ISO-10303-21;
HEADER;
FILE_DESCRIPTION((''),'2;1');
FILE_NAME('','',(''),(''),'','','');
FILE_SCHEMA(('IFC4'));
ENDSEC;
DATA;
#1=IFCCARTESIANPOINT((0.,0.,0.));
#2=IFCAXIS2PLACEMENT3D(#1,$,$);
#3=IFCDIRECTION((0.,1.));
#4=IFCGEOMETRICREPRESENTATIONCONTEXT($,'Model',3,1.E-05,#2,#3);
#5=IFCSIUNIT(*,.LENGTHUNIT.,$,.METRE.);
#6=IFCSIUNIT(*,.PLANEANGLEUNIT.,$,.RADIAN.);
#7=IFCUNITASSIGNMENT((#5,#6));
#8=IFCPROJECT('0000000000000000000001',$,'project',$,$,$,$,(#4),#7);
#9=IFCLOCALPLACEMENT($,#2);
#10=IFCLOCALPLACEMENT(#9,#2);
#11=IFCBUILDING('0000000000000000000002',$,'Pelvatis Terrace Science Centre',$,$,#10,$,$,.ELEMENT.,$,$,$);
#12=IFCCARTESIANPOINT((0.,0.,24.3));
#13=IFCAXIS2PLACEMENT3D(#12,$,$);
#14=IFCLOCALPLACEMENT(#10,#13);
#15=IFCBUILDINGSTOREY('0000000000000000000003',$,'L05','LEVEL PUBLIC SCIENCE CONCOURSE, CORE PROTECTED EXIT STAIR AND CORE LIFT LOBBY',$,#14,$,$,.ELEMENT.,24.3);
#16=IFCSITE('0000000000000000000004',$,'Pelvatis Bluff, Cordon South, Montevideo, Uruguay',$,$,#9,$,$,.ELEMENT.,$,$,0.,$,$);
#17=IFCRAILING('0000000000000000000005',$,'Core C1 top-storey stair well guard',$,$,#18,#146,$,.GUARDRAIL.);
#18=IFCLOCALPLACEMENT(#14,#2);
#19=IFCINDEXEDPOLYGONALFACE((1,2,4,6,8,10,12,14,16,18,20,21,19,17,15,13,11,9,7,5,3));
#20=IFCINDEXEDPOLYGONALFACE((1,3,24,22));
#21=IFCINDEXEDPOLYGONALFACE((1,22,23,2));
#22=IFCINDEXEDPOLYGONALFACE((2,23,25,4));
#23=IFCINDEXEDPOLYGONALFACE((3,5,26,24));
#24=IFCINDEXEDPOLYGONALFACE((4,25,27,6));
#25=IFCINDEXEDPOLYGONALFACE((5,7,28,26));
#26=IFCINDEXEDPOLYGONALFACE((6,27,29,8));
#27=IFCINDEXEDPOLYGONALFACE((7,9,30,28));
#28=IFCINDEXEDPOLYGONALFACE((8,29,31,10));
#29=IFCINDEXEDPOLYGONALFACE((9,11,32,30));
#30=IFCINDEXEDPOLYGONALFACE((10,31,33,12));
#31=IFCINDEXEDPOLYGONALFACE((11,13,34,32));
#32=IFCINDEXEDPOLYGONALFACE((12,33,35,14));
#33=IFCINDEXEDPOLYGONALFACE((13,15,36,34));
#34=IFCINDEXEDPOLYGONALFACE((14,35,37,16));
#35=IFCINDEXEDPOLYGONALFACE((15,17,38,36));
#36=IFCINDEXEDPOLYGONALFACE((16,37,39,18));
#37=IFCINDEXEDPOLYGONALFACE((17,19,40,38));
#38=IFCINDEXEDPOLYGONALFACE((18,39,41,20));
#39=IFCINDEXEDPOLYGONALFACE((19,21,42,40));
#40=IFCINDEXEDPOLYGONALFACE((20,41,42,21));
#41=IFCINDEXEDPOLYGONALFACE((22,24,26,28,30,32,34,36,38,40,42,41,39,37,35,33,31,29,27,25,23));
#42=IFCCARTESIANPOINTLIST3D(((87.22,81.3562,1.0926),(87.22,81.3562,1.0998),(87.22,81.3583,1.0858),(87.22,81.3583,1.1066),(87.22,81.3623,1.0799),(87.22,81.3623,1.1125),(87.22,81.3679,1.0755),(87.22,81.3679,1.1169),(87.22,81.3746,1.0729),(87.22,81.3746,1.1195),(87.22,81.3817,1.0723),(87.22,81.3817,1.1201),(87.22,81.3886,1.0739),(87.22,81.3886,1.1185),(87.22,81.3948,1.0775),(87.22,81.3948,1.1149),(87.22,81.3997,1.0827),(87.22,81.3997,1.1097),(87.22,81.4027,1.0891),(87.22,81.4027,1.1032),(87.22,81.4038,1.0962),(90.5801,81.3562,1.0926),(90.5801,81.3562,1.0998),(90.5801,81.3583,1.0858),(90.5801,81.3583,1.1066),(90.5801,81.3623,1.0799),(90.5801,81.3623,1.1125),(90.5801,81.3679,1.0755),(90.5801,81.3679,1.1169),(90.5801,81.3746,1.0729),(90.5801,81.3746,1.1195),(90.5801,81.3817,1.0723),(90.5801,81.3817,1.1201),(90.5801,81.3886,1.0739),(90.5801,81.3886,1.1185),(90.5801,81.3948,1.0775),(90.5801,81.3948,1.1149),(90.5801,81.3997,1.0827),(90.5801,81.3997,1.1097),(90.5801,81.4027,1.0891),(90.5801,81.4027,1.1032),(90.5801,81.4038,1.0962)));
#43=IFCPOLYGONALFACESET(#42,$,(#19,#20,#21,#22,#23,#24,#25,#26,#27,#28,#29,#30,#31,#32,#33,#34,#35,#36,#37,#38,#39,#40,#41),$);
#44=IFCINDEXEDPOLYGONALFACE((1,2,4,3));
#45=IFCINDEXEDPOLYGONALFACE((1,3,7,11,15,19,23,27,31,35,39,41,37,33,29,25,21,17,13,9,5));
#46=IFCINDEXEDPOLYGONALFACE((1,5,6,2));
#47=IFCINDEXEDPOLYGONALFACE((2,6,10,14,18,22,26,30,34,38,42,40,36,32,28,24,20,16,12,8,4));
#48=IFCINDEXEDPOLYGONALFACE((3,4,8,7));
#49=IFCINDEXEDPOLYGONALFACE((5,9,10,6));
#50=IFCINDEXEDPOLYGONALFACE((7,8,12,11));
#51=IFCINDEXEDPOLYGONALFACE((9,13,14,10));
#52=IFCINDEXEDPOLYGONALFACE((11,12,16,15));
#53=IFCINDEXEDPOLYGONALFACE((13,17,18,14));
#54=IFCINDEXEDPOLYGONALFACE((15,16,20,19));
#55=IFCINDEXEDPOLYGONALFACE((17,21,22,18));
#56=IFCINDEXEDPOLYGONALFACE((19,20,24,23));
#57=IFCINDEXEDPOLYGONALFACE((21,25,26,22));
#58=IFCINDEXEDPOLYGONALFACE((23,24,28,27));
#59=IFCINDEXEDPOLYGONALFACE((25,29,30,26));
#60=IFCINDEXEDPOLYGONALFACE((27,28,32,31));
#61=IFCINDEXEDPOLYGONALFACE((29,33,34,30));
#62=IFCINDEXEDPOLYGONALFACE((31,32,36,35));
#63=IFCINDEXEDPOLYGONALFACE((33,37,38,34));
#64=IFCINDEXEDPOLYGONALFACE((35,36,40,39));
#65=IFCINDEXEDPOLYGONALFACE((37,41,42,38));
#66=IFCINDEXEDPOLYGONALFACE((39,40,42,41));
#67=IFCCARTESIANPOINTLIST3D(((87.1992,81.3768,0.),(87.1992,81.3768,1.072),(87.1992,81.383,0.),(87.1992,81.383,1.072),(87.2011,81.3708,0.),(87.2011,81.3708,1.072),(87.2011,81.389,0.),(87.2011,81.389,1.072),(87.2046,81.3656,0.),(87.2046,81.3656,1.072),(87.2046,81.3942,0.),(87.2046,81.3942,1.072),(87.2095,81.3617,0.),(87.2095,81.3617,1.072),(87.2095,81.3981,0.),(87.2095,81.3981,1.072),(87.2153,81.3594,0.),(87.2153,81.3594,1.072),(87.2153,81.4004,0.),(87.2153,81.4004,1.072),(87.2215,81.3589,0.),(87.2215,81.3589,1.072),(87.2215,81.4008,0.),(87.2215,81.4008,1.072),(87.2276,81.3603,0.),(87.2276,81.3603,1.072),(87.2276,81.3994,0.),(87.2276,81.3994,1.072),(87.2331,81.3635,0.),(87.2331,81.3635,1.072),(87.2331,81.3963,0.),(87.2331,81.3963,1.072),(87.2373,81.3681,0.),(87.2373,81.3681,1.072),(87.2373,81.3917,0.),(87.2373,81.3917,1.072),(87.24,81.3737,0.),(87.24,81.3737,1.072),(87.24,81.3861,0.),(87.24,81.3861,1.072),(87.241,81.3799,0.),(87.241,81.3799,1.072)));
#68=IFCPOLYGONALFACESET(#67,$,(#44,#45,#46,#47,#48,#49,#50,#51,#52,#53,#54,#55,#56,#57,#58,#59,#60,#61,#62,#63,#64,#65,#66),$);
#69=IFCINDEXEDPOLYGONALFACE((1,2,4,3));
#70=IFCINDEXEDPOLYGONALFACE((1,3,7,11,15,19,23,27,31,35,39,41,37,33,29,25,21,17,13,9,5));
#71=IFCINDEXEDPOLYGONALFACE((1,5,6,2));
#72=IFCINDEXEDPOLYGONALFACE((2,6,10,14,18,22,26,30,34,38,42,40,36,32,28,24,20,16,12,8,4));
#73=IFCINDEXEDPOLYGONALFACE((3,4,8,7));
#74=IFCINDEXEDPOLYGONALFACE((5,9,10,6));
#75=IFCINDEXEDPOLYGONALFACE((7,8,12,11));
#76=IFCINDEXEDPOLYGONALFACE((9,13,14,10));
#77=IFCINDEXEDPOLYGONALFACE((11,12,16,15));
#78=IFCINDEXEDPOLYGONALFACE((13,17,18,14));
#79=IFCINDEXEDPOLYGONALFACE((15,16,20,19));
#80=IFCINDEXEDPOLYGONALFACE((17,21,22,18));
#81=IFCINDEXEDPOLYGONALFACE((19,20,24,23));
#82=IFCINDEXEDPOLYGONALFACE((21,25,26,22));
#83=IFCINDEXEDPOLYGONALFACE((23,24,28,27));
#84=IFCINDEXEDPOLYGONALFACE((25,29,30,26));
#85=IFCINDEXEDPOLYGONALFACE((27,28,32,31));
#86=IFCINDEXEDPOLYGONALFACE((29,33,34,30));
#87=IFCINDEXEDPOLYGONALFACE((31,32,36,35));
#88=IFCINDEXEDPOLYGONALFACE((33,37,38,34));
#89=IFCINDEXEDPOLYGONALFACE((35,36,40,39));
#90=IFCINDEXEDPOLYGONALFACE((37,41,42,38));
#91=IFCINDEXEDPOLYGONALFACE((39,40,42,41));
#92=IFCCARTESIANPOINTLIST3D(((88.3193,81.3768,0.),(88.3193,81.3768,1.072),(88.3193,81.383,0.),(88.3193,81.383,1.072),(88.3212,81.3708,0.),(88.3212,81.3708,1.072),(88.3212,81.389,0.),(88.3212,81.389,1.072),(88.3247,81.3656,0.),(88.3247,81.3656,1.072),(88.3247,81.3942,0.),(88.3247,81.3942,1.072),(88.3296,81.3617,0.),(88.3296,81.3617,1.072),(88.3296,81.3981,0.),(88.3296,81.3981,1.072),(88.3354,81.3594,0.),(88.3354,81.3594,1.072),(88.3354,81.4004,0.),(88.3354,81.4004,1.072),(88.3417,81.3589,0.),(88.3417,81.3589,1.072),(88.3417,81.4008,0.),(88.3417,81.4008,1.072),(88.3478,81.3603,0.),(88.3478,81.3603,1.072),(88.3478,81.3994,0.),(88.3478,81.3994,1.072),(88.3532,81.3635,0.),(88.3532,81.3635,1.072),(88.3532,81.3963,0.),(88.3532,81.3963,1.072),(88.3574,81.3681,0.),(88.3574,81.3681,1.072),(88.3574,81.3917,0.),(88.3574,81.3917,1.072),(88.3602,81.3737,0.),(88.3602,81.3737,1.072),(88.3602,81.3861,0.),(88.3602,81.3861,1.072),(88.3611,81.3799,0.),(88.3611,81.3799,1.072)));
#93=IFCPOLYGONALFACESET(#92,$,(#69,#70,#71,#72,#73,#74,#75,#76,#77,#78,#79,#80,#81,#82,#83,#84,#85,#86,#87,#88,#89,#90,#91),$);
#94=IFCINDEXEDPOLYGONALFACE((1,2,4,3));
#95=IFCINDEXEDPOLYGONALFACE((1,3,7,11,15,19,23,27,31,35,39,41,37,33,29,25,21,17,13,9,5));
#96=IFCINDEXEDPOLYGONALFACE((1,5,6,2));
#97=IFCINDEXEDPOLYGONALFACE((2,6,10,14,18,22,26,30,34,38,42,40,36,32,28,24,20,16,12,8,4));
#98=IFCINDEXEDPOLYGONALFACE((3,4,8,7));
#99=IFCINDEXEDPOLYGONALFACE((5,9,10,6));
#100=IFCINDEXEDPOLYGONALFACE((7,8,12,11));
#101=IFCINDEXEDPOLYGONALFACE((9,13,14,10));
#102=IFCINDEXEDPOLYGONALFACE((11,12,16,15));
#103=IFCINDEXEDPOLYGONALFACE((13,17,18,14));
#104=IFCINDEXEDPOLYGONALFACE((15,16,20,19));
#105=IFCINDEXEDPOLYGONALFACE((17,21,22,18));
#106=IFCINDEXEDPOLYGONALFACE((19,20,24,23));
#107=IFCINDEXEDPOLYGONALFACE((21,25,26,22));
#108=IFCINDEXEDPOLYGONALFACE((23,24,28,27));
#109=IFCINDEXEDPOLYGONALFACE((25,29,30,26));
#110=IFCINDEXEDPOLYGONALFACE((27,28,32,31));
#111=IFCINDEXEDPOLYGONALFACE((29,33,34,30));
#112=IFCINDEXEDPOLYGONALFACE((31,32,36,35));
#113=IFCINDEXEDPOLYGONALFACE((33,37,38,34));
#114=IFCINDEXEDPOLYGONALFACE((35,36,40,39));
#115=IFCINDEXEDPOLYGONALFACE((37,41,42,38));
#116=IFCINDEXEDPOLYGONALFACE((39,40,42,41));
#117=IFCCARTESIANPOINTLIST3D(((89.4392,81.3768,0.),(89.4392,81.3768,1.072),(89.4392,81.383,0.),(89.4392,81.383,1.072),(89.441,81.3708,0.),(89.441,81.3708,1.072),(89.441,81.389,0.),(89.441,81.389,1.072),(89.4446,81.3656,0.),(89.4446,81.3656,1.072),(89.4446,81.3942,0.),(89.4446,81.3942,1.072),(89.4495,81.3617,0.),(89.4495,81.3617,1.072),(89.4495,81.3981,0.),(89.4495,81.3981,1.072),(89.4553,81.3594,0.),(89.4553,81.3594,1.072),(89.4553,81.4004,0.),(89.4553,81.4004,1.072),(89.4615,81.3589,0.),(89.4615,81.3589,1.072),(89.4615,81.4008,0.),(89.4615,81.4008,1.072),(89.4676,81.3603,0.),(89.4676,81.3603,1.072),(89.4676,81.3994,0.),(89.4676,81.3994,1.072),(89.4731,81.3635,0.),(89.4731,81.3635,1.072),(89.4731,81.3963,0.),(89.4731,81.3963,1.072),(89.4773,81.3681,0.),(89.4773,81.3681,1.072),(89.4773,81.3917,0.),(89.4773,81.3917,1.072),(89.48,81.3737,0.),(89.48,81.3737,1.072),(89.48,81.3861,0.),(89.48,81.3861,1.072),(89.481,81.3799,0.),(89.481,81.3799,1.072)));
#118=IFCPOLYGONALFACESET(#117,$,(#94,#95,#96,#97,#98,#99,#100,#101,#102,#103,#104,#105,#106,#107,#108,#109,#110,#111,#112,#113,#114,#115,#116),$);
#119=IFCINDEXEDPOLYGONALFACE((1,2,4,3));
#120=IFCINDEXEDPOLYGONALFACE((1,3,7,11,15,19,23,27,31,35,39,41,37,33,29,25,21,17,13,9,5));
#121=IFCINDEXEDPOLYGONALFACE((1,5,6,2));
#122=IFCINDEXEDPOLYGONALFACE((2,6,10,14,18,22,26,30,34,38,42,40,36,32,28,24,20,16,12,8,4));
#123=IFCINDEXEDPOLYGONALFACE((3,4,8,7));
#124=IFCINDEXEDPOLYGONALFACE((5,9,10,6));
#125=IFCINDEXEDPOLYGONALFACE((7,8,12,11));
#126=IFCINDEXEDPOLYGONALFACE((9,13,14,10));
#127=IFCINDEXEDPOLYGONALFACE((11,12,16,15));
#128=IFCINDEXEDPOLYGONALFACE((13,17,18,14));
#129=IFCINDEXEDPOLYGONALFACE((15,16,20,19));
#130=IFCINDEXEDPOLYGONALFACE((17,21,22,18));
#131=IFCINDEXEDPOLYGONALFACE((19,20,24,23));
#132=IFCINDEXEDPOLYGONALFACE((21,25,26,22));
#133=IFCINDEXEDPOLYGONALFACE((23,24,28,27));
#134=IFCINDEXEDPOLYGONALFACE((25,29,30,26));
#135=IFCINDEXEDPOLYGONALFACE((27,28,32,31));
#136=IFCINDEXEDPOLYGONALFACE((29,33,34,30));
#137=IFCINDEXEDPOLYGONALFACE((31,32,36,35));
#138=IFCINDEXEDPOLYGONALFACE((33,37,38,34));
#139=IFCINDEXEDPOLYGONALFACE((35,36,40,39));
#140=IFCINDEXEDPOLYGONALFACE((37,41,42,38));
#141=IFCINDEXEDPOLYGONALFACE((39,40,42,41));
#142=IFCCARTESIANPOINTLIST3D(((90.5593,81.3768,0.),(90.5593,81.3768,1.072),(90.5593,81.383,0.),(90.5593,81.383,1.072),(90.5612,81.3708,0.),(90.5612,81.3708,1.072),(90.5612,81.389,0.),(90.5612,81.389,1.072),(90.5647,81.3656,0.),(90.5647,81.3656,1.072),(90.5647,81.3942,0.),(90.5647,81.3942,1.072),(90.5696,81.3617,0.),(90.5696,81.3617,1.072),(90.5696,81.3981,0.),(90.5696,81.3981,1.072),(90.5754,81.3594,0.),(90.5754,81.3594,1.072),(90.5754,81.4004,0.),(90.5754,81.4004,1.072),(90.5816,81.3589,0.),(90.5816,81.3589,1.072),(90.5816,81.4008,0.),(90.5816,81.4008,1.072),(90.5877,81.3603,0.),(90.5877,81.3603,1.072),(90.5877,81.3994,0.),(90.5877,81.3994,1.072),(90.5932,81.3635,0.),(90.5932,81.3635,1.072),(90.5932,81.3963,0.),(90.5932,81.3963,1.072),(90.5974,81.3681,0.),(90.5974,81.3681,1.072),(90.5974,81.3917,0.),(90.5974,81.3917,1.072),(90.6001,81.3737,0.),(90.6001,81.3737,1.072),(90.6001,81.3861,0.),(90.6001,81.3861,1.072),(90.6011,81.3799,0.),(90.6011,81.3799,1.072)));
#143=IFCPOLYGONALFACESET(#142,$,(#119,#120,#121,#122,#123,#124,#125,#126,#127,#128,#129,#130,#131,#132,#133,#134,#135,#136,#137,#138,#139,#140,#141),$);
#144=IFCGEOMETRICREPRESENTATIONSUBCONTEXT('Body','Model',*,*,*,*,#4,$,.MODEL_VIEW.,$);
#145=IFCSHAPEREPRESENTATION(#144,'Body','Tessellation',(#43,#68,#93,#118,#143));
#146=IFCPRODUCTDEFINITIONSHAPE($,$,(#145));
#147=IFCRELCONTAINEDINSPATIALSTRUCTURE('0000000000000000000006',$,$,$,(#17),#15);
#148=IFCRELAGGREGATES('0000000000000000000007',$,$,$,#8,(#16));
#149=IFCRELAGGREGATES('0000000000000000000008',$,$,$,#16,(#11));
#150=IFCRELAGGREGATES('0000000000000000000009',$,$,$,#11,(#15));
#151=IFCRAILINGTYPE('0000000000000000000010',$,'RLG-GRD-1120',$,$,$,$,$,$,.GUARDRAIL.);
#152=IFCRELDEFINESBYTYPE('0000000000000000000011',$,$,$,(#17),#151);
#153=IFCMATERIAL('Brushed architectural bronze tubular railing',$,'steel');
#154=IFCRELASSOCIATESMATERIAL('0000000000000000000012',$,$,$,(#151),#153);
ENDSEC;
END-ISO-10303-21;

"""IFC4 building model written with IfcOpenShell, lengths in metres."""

from ifc_helpers import new_model, si_unit, direction, frame, origin, origin_2d, place, context, subcontext, project, spatial, circle, extrude, material, type_object, element, save


model = new_model("IFC4")

# Units and contexts
model_context = context("Model", 3, precision=1e-05, world=origin(), true_north=direction((0.0, 1.0)))
body_context = subcontext(model_context, "Body", "Model", "MODEL_VIEW")
ifc_project = project(units=[si_unit("LENGTHUNIT", "METRE"), si_unit("PLANEANGLEUNIT", "RADIAN")], contexts=[model_context])

# Site, building, storey
site_placement = place(None, origin())
site = spatial("IfcSite", under=ifc_project, at=site_placement, Name="Pelvatis Bluff, Cordon South, Montevideo, Uruguay", CompositionType="ELEMENT", RefElevation=0.0)
building_placement = place(site_placement, origin())
building = spatial("IfcBuilding", under=site, at=building_placement, Name="Pelvatis Terrace Science Centre", CompositionType="ELEMENT")
storey_placement = place(building_placement, frame((0.0, 0.0, 24.3)))
storey = spatial("IfcBuildingStorey", under=building, at=storey_placement, Name="L05", Description="LEVEL PUBLIC SCIENCE CONCOURSE, CORE PROTECTED EXIT STAIR AND CORE LIFT LOBBY", CompositionType="ELEMENT", Elevation=24.3)

# Railing
ifc_material_1 = material(Name="Brushed architectural bronze tubular railing", Category="steel")
railing_type = type_object("IfcRailingType", Name="RLG-GRD-1120", PredefinedType="GUARDRAIL", material=ifc_material_1)
railing_placement = place(storey_placement, frame((87.22, 81.3799, 0.0)))
element("IfcRailing", 1, at=railing_placement, inside=storey, type_object=railing_type, Name="Core C1 top-storey stair well guard", PredefinedType="GUARDRAIL", context=body_context, shape_type="SweptSolid", body=[
    extrude(circle(Radius=0.0239, at=origin_2d()), frame((0.0, 0.0, 1.0962), z_axis=(1.0, 0.0, 0.0), x_axis=(0.0, 1.0, 0.0)), (0.0, 0.0, 1.0), 3.3601),
    extrude(circle(Radius=0.021, at=origin_2d()), origin(), (0.0, 0.0, 1.0), 1.072),
    extrude(circle(Radius=0.021, at=origin_2d()), frame((1.1201, 0.0, 0.0)), (0.0, 0.0, 1.0), 1.072),
    extrude(circle(Radius=0.021, at=origin_2d()), frame((2.24, 0.0, 0.0)), (0.0, 0.0, 1.0), 1.072),
    extrude(circle(Radius=0.021, at=origin_2d()), frame((3.3601, 0.0, 0.0)), (0.0, 0.0, 1.0), 1.072),
])

save(model, "model.ifc")
